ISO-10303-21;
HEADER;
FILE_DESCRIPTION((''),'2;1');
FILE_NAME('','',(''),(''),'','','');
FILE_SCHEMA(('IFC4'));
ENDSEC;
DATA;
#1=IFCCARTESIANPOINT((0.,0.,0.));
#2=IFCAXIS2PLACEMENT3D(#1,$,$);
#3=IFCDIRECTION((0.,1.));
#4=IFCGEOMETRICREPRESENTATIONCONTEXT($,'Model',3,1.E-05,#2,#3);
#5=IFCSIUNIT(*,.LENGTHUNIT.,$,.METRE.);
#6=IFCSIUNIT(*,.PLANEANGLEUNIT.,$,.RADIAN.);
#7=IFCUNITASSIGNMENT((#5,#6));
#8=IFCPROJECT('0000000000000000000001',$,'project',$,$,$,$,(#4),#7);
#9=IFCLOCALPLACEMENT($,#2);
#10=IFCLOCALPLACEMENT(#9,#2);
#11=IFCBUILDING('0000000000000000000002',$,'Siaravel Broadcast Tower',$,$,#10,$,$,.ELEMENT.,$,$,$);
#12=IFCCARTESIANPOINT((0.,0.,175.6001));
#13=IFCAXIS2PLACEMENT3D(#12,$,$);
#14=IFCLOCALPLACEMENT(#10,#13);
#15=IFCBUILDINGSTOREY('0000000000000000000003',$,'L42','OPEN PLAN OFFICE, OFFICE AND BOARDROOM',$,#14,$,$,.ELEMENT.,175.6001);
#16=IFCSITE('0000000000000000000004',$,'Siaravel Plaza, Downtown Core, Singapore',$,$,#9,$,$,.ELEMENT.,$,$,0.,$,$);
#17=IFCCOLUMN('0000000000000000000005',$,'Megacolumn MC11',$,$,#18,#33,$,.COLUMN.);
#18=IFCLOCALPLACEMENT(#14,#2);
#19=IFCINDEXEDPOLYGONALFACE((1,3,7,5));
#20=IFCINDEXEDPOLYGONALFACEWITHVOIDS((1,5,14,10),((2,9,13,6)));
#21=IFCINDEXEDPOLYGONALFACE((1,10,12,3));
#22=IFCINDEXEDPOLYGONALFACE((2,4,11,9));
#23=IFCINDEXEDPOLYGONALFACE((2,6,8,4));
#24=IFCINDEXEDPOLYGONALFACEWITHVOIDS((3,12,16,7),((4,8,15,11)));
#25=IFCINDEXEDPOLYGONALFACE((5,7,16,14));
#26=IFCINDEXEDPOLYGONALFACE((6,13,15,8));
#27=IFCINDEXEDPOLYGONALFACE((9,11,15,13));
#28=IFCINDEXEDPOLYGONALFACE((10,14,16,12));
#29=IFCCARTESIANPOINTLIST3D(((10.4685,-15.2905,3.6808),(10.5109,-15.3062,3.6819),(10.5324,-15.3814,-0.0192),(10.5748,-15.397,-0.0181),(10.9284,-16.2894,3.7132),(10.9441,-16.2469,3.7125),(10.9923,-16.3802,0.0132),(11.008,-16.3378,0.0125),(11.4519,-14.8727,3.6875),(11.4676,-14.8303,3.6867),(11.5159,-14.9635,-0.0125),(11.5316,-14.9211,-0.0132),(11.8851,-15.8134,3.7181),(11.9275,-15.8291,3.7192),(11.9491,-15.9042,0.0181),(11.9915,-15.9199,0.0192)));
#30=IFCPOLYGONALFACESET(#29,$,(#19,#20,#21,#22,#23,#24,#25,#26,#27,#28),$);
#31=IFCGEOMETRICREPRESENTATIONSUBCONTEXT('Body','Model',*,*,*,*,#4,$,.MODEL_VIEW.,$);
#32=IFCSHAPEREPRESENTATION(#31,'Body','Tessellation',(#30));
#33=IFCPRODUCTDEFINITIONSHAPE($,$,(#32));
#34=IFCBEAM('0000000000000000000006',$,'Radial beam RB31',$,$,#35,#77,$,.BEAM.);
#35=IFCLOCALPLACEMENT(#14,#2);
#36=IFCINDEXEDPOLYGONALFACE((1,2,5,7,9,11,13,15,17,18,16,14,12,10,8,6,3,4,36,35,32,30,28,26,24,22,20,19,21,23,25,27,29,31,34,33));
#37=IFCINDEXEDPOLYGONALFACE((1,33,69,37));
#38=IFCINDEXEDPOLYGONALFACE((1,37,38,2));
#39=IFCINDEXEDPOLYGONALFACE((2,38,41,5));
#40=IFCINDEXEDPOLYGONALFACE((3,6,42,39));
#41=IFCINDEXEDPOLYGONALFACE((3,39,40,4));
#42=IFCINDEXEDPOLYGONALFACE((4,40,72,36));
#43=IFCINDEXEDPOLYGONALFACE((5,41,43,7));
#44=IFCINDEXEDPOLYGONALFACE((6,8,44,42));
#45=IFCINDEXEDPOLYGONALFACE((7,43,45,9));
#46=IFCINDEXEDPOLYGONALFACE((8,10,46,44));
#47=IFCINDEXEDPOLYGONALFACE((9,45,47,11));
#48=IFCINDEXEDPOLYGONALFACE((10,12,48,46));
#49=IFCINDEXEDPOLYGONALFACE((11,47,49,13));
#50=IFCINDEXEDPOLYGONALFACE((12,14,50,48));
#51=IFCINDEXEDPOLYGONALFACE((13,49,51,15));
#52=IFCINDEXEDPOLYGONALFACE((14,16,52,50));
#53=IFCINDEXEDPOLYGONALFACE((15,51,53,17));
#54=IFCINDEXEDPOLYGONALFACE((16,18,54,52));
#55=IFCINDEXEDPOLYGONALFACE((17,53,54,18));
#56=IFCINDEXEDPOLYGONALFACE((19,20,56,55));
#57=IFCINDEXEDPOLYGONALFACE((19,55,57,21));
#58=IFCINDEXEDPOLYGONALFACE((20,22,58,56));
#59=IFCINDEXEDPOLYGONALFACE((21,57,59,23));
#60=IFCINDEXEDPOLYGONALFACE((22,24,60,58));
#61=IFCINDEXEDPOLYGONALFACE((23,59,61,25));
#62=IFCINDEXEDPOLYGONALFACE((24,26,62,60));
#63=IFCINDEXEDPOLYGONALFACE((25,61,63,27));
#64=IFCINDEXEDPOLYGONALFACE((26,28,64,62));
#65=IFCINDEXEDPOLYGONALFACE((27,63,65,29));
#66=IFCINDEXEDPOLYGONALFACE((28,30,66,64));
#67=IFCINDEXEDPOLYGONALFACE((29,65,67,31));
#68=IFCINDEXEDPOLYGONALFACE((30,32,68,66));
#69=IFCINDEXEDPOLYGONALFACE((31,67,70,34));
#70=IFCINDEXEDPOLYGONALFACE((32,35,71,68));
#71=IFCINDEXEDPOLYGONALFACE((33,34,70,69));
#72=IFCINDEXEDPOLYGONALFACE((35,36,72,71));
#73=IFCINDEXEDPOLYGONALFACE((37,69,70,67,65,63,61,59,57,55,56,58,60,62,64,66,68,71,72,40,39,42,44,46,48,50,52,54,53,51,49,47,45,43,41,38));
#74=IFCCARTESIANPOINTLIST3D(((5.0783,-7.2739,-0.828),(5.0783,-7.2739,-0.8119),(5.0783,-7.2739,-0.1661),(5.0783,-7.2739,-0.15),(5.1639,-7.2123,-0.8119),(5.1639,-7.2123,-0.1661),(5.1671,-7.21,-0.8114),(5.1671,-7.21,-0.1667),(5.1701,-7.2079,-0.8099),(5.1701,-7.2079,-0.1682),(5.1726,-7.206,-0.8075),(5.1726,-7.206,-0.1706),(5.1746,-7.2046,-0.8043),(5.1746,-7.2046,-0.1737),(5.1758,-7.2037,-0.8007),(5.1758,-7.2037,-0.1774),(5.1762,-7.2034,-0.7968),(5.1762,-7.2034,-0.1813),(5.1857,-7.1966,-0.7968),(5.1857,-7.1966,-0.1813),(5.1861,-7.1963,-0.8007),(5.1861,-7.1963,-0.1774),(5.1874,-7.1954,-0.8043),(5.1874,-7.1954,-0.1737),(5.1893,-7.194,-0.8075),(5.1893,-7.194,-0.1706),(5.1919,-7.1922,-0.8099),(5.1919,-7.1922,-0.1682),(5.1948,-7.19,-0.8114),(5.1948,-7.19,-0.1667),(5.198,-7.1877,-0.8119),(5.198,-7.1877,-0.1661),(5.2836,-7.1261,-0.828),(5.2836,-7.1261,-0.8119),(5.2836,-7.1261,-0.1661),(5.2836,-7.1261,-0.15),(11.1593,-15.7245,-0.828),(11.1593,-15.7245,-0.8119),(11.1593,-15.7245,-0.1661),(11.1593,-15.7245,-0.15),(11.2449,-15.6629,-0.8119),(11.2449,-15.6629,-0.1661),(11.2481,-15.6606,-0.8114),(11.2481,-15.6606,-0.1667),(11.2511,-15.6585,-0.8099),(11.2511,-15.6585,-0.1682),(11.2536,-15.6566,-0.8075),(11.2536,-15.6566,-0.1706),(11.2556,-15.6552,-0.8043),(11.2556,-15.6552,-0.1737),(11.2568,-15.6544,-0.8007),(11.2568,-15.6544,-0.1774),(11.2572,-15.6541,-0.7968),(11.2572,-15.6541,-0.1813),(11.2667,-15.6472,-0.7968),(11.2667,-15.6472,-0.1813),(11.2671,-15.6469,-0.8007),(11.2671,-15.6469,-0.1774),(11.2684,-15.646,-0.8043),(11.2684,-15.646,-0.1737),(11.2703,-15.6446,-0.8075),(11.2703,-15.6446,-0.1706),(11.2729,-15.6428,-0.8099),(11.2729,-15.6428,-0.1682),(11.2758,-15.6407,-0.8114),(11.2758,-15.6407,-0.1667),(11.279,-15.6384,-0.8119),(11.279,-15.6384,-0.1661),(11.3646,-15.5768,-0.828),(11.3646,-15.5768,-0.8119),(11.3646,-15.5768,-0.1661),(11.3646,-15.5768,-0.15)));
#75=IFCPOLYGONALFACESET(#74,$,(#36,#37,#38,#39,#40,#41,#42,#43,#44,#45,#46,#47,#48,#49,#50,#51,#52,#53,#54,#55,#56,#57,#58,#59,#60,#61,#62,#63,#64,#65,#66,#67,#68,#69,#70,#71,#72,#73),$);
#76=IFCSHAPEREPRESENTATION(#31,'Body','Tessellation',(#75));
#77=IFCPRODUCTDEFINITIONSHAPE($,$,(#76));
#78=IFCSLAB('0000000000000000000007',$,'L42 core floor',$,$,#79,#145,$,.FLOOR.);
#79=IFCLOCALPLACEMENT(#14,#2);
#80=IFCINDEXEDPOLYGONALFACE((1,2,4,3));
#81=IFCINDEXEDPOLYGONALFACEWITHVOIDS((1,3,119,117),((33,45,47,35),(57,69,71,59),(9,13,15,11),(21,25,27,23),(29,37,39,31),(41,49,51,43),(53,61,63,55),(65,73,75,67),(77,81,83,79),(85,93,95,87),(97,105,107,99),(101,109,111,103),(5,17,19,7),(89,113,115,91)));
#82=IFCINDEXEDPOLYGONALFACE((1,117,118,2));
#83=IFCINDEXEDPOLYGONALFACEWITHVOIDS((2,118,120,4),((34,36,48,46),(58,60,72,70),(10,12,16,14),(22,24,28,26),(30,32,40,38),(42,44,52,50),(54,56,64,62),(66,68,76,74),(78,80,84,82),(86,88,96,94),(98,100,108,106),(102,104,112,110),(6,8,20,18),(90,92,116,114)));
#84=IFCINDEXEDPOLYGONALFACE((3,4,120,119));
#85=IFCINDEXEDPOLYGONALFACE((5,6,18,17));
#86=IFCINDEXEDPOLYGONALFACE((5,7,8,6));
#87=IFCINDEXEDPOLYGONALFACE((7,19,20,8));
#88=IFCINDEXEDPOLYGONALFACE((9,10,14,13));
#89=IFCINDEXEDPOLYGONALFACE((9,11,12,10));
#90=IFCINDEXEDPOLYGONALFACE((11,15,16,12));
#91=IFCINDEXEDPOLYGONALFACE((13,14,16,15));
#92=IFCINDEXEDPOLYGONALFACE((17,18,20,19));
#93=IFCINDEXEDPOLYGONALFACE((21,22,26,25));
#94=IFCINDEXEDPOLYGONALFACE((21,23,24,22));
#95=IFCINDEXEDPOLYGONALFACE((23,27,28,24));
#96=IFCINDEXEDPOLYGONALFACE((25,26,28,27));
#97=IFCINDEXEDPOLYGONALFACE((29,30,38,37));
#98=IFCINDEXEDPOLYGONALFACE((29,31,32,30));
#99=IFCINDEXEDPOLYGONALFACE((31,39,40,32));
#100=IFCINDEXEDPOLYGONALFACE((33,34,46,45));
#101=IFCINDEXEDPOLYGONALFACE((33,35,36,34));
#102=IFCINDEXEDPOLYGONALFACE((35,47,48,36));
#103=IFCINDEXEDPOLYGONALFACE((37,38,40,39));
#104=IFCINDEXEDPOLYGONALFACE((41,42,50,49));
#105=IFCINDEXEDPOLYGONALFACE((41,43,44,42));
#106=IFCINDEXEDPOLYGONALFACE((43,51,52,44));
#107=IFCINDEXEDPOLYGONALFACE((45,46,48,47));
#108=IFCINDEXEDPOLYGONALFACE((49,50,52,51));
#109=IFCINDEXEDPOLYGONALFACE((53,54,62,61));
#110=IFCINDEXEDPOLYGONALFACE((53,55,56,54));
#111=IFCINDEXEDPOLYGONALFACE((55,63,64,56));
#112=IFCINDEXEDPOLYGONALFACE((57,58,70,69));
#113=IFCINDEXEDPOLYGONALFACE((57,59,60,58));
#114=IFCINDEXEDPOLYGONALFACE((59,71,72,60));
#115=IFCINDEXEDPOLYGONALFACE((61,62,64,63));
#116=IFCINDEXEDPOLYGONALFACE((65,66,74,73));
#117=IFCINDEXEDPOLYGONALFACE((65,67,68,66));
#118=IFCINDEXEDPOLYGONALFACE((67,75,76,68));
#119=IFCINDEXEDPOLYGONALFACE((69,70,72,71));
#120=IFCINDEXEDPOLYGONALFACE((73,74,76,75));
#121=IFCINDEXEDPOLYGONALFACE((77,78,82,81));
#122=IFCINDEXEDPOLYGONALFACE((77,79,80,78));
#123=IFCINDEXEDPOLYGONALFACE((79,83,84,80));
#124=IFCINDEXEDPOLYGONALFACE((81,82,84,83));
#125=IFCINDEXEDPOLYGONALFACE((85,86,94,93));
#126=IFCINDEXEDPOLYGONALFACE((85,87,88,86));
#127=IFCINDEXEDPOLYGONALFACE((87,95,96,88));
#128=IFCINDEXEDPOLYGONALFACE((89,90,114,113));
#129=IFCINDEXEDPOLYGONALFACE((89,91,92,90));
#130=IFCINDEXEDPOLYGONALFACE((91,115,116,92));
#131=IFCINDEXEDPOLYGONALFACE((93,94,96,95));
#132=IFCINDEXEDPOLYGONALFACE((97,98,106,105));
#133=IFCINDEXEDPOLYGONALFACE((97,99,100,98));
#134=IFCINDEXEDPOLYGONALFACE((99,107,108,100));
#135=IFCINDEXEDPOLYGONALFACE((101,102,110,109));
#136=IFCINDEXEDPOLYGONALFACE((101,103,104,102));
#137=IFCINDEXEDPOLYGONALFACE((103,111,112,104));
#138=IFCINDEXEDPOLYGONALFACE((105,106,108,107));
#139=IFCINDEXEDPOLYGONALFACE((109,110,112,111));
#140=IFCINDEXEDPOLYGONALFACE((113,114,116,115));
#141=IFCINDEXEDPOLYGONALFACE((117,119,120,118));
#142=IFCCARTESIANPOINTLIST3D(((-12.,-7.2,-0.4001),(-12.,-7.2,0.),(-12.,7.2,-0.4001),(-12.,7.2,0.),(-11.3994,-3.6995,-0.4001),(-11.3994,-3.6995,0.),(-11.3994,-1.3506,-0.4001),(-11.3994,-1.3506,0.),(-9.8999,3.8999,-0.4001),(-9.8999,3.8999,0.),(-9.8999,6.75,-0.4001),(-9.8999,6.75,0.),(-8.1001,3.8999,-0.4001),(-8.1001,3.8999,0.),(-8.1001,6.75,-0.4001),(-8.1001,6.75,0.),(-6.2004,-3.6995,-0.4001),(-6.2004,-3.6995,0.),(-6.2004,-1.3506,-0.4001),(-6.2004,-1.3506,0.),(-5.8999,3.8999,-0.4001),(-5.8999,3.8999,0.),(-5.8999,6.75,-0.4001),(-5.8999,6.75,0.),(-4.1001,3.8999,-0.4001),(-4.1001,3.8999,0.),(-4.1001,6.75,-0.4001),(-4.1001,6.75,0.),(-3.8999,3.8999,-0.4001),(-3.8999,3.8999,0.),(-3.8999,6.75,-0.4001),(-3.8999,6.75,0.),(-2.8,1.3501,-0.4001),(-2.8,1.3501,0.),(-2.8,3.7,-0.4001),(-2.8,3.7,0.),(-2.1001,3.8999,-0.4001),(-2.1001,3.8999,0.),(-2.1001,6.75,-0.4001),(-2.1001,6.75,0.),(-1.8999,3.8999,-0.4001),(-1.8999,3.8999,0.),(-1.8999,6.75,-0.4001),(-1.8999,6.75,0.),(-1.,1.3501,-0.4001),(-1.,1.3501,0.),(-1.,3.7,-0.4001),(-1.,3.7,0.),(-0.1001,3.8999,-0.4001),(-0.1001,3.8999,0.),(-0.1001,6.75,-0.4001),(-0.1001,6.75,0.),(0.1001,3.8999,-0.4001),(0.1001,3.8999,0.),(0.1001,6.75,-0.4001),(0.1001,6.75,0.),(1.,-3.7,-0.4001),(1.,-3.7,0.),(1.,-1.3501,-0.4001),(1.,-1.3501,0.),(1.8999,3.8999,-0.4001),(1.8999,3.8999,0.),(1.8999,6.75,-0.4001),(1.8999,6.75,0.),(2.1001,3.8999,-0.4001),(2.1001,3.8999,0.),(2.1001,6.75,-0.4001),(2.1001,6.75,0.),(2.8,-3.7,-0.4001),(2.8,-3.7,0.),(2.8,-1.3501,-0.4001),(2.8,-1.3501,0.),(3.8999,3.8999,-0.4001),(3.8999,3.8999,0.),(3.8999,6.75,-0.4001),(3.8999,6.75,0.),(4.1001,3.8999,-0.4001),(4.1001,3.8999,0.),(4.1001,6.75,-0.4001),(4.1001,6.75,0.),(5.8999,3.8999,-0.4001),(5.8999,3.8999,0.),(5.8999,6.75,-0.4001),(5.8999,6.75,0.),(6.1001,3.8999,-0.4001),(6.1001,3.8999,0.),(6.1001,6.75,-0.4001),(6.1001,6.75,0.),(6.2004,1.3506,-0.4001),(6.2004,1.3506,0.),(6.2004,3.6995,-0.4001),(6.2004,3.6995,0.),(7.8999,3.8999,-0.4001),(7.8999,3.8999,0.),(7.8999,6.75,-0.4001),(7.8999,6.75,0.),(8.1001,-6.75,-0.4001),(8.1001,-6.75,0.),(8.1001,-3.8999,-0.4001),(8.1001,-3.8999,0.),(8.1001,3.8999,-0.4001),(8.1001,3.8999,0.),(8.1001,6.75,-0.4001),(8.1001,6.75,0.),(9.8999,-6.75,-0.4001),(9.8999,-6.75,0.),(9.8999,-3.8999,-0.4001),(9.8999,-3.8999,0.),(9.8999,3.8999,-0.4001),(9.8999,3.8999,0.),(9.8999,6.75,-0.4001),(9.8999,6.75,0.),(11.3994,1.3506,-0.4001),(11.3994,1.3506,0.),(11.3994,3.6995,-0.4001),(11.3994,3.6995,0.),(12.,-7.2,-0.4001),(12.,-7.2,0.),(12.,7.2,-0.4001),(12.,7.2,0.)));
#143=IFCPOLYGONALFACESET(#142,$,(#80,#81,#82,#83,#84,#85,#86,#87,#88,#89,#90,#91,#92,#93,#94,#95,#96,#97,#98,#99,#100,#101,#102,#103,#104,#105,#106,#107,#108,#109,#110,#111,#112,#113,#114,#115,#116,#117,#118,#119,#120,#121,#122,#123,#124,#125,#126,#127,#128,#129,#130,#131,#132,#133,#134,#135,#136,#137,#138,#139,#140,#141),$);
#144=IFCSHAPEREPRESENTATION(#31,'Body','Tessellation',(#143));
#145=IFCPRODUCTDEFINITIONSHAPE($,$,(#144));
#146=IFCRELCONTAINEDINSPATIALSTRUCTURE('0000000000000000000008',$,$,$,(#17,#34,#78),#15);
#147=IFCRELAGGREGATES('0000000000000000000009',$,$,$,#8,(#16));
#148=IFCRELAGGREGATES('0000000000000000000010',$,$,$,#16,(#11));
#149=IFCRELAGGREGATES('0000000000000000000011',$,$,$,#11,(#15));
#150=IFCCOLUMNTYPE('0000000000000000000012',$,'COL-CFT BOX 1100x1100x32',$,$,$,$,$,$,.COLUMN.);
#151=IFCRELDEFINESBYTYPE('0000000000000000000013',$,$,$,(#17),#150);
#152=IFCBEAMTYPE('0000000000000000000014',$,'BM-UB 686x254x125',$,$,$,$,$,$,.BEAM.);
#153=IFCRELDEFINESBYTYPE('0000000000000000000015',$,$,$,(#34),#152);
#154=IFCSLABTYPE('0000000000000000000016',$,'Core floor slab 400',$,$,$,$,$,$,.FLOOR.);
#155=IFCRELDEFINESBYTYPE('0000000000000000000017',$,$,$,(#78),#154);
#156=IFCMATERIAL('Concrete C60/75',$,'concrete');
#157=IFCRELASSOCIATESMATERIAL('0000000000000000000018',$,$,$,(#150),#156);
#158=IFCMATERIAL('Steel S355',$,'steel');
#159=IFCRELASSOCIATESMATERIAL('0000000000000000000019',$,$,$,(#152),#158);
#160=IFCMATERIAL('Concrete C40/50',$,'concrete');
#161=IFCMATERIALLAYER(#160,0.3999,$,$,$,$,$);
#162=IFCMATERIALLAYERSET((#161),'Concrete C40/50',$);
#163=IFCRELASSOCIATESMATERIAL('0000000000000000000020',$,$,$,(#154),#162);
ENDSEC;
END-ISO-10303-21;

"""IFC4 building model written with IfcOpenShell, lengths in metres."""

from ifc_helpers import new_model, si_unit, direction, frame, origin, origin_2d, place, context, subcontext, project, spatial, polyline, hollow_rectangle, i_section, outline, extrude, material, layer, layer_set, material_profile, profile_set, type_object, element, save


model = new_model("IFC4")

# Units and contexts
model_context = context("Model", 3, precision=1e-05, world=origin(), true_north=direction((0.0, 1.0)))
body_context = subcontext(model_context, "Body", "Model", "MODEL_VIEW")
ifc_project = project(units=[si_unit("LENGTHUNIT", "METRE"), si_unit("PLANEANGLEUNIT", "RADIAN")], contexts=[model_context])

# Site, building, storey
site_placement = place(None, origin())
site = spatial("IfcSite", under=ifc_project, at=site_placement, Name="Siaravel Plaza, Downtown Core, Singapore", CompositionType="ELEMENT", RefElevation=0.0)
building_placement = place(site_placement, origin())
building = spatial("IfcBuilding", under=site, at=building_placement, Name="Siaravel Broadcast Tower", CompositionType="ELEMENT")
storey_placement = place(building_placement, frame((0.0, 0.0, 175.6001)))
storey = spatial("IfcBuildingStorey", under=building, at=storey_placement, Name="L42", Description="OPEN PLAN OFFICE, OFFICE AND BOARDROOM", CompositionType="ELEMENT", Elevation=175.6001)

# Column
ifc_material_1 = material(Name="Concrete C60/75", Category="concrete")
ifc_material_profile_1 = material_profile(ifc_material_1, hollow_rectangle(XDim=1.1001, YDim=1.1001, WallThickness=0.032, at=origin_2d()))
ifc_profile_set_1 = profile_set([ifc_material_profile_1], Name="Concrete C60/75")
column_type = type_object("IfcColumnType", Name="COL-CFT BOX 1100x1100x32", PredefinedType="COLUMN", material=ifc_profile_set_1)
column_placement = place(storey_placement, frame((11.262, -15.6506, 0.0), z_axis=(-0.01728, 0.024535, 0.99955), x_axis=(-0.908249, -0.418395, -0.005432)))
element("IfcColumn", 1, at=column_placement, inside=storey, type_object=column_type, Name="Megacolumn MC11", PredefinedType="COLUMN", context=body_context, shape_type="SweptSolid", body=[
    extrude(hollow_rectangle(XDim=1.1001, YDim=1.1001, WallThickness=0.032, at=origin_2d()), origin(), (0.0, 0.0, 1.0), 3.7017),
])

# Beam
ifc_material_2 = material(Name="Steel S355", Category="steel")
ifc_material_profile_2 = material_profile(ifc_material_2, i_section(OverallWidth=0.2529, OverallDepth=0.678, WebThickness=0.0117, FlangeThickness=0.0161, FilletRadius=0.0151, at=origin_2d()))
ifc_profile_set_2 = profile_set([ifc_material_profile_2], Name="Steel S355")
beam_type = type_object("IfcBeamType", Name="BM-UB 686x254x125", PredefinedType="BEAM", material=ifc_profile_set_2)
beam_placement = place(storey_placement, frame((11.262, -15.6506, -0.489), z_axis=(-0.584087, 0.811691, 0.0), x_axis=(-0.811691, -0.584087, 0.0)))
element("IfcBeam", 2, at=beam_placement, inside=storey, type_object=beam_type, Name="Radial beam RB31", PredefinedType="BEAM", context=body_context, shape_type="SweptSolid", body=[
    extrude(i_section(OverallWidth=0.2529, OverallDepth=0.678, WebThickness=0.0117, FlangeThickness=0.0161, FilletRadius=0.0151, at=origin_2d()), origin(), (0.0, 0.0, 1.0), 10.4111),
])

# Slab
ifc_material_3 = material(Name="Concrete C40/50", Category="concrete")
ifc_layer_1 = layer(ifc_material_3, 0.3999)
ifc_layer_set_1 = layer_set([ifc_layer_1], Name="Concrete C40/50")
slab_type_1 = type_object("IfcSlabType", Name="Core floor slab 400", PredefinedType="FLOOR", material=ifc_layer_set_1)
slab_1_placement = place(storey_placement, frame((0.0, 0.0, -0.4001)))
element("IfcSlab", 3, at=slab_1_placement, inside=storey, type_object=slab_type_1, Name="L42 core floor", PredefinedType="FLOOR", context=body_context, shape_type="SweptSolid", body=[
    extrude(outline(polyline([(-12.0, -7.2), (-12.0, 7.2), (12.0, 7.2), (12.0, -7.2), (-12.0, -7.2)]), holes=[polyline([(11.3994, 1.3506), (11.3994, 3.6995), (6.2004, 3.6995), (6.2004, 1.3506), (11.3994, 1.3506)]), polyline([(8.1001, -3.8999), (8.1001, -6.75), (9.8999, -6.75), (9.8999, -3.8999), (8.1001, -3.8999)]), polyline([(9.8999, 6.75), (8.1001, 6.75), (8.1001, 3.8999), (9.8999, 3.8999), (9.8999, 6.75)]), polyline([(7.8999, 6.75), (6.1001, 6.75), (6.1001, 3.8999), (7.8999, 3.8999), (7.8999, 6.75)]), polyline([(5.8999, 6.75), (4.1001, 6.75), (4.1001, 3.8999), (5.8999, 3.8999), (5.8999, 6.75)]), polyline([(3.8999, 6.75), (2.1001, 6.75), (2.1001, 3.8999), (3.8999, 3.8999), (3.8999, 6.75)]), polyline([(2.8, -1.3501), (1.0, -1.3501), (1.0, -3.7), (2.8, -3.7), (2.8, -1.3501)]), polyline([(1.8999, 6.75), (0.1001, 6.75), (0.1001, 3.8999), (1.8999, 3.8999), (1.8999, 6.75)]), polyline([(-0.1001, 6.75), (-1.8999, 6.75), (-1.8999, 3.8999), (-0.1001, 3.8999), (-0.1001, 6.75)]), polyline([(-1.0, 3.7), (-2.8, 3.7), (-2.8, 1.3501), (-1.0, 1.3501), (-1.0, 3.7)]), polyline([(-2.1001, 6.75), (-3.8999, 6.75), (-3.8999, 3.8999), (-2.1001, 3.8999), (-2.1001, 6.75)]), polyline([(-4.1001, 6.75), (-5.8999, 6.75), (-5.8999, 3.8999), (-4.1001, 3.8999), (-4.1001, 6.75)]), polyline([(-11.3994, -3.6995), (-6.2004, -3.6995), (-6.2004, -1.3506), (-11.3994, -1.3506), (-11.3994, -3.6995)]), polyline([(-8.1001, 6.75), (-9.8999, 6.75), (-9.8999, 3.8999), (-8.1001, 3.8999), (-8.1001, 6.75)])]), origin(), (0.0, 0.0, 1.0), 0.4001),
])

save(model, "model.ifc")
